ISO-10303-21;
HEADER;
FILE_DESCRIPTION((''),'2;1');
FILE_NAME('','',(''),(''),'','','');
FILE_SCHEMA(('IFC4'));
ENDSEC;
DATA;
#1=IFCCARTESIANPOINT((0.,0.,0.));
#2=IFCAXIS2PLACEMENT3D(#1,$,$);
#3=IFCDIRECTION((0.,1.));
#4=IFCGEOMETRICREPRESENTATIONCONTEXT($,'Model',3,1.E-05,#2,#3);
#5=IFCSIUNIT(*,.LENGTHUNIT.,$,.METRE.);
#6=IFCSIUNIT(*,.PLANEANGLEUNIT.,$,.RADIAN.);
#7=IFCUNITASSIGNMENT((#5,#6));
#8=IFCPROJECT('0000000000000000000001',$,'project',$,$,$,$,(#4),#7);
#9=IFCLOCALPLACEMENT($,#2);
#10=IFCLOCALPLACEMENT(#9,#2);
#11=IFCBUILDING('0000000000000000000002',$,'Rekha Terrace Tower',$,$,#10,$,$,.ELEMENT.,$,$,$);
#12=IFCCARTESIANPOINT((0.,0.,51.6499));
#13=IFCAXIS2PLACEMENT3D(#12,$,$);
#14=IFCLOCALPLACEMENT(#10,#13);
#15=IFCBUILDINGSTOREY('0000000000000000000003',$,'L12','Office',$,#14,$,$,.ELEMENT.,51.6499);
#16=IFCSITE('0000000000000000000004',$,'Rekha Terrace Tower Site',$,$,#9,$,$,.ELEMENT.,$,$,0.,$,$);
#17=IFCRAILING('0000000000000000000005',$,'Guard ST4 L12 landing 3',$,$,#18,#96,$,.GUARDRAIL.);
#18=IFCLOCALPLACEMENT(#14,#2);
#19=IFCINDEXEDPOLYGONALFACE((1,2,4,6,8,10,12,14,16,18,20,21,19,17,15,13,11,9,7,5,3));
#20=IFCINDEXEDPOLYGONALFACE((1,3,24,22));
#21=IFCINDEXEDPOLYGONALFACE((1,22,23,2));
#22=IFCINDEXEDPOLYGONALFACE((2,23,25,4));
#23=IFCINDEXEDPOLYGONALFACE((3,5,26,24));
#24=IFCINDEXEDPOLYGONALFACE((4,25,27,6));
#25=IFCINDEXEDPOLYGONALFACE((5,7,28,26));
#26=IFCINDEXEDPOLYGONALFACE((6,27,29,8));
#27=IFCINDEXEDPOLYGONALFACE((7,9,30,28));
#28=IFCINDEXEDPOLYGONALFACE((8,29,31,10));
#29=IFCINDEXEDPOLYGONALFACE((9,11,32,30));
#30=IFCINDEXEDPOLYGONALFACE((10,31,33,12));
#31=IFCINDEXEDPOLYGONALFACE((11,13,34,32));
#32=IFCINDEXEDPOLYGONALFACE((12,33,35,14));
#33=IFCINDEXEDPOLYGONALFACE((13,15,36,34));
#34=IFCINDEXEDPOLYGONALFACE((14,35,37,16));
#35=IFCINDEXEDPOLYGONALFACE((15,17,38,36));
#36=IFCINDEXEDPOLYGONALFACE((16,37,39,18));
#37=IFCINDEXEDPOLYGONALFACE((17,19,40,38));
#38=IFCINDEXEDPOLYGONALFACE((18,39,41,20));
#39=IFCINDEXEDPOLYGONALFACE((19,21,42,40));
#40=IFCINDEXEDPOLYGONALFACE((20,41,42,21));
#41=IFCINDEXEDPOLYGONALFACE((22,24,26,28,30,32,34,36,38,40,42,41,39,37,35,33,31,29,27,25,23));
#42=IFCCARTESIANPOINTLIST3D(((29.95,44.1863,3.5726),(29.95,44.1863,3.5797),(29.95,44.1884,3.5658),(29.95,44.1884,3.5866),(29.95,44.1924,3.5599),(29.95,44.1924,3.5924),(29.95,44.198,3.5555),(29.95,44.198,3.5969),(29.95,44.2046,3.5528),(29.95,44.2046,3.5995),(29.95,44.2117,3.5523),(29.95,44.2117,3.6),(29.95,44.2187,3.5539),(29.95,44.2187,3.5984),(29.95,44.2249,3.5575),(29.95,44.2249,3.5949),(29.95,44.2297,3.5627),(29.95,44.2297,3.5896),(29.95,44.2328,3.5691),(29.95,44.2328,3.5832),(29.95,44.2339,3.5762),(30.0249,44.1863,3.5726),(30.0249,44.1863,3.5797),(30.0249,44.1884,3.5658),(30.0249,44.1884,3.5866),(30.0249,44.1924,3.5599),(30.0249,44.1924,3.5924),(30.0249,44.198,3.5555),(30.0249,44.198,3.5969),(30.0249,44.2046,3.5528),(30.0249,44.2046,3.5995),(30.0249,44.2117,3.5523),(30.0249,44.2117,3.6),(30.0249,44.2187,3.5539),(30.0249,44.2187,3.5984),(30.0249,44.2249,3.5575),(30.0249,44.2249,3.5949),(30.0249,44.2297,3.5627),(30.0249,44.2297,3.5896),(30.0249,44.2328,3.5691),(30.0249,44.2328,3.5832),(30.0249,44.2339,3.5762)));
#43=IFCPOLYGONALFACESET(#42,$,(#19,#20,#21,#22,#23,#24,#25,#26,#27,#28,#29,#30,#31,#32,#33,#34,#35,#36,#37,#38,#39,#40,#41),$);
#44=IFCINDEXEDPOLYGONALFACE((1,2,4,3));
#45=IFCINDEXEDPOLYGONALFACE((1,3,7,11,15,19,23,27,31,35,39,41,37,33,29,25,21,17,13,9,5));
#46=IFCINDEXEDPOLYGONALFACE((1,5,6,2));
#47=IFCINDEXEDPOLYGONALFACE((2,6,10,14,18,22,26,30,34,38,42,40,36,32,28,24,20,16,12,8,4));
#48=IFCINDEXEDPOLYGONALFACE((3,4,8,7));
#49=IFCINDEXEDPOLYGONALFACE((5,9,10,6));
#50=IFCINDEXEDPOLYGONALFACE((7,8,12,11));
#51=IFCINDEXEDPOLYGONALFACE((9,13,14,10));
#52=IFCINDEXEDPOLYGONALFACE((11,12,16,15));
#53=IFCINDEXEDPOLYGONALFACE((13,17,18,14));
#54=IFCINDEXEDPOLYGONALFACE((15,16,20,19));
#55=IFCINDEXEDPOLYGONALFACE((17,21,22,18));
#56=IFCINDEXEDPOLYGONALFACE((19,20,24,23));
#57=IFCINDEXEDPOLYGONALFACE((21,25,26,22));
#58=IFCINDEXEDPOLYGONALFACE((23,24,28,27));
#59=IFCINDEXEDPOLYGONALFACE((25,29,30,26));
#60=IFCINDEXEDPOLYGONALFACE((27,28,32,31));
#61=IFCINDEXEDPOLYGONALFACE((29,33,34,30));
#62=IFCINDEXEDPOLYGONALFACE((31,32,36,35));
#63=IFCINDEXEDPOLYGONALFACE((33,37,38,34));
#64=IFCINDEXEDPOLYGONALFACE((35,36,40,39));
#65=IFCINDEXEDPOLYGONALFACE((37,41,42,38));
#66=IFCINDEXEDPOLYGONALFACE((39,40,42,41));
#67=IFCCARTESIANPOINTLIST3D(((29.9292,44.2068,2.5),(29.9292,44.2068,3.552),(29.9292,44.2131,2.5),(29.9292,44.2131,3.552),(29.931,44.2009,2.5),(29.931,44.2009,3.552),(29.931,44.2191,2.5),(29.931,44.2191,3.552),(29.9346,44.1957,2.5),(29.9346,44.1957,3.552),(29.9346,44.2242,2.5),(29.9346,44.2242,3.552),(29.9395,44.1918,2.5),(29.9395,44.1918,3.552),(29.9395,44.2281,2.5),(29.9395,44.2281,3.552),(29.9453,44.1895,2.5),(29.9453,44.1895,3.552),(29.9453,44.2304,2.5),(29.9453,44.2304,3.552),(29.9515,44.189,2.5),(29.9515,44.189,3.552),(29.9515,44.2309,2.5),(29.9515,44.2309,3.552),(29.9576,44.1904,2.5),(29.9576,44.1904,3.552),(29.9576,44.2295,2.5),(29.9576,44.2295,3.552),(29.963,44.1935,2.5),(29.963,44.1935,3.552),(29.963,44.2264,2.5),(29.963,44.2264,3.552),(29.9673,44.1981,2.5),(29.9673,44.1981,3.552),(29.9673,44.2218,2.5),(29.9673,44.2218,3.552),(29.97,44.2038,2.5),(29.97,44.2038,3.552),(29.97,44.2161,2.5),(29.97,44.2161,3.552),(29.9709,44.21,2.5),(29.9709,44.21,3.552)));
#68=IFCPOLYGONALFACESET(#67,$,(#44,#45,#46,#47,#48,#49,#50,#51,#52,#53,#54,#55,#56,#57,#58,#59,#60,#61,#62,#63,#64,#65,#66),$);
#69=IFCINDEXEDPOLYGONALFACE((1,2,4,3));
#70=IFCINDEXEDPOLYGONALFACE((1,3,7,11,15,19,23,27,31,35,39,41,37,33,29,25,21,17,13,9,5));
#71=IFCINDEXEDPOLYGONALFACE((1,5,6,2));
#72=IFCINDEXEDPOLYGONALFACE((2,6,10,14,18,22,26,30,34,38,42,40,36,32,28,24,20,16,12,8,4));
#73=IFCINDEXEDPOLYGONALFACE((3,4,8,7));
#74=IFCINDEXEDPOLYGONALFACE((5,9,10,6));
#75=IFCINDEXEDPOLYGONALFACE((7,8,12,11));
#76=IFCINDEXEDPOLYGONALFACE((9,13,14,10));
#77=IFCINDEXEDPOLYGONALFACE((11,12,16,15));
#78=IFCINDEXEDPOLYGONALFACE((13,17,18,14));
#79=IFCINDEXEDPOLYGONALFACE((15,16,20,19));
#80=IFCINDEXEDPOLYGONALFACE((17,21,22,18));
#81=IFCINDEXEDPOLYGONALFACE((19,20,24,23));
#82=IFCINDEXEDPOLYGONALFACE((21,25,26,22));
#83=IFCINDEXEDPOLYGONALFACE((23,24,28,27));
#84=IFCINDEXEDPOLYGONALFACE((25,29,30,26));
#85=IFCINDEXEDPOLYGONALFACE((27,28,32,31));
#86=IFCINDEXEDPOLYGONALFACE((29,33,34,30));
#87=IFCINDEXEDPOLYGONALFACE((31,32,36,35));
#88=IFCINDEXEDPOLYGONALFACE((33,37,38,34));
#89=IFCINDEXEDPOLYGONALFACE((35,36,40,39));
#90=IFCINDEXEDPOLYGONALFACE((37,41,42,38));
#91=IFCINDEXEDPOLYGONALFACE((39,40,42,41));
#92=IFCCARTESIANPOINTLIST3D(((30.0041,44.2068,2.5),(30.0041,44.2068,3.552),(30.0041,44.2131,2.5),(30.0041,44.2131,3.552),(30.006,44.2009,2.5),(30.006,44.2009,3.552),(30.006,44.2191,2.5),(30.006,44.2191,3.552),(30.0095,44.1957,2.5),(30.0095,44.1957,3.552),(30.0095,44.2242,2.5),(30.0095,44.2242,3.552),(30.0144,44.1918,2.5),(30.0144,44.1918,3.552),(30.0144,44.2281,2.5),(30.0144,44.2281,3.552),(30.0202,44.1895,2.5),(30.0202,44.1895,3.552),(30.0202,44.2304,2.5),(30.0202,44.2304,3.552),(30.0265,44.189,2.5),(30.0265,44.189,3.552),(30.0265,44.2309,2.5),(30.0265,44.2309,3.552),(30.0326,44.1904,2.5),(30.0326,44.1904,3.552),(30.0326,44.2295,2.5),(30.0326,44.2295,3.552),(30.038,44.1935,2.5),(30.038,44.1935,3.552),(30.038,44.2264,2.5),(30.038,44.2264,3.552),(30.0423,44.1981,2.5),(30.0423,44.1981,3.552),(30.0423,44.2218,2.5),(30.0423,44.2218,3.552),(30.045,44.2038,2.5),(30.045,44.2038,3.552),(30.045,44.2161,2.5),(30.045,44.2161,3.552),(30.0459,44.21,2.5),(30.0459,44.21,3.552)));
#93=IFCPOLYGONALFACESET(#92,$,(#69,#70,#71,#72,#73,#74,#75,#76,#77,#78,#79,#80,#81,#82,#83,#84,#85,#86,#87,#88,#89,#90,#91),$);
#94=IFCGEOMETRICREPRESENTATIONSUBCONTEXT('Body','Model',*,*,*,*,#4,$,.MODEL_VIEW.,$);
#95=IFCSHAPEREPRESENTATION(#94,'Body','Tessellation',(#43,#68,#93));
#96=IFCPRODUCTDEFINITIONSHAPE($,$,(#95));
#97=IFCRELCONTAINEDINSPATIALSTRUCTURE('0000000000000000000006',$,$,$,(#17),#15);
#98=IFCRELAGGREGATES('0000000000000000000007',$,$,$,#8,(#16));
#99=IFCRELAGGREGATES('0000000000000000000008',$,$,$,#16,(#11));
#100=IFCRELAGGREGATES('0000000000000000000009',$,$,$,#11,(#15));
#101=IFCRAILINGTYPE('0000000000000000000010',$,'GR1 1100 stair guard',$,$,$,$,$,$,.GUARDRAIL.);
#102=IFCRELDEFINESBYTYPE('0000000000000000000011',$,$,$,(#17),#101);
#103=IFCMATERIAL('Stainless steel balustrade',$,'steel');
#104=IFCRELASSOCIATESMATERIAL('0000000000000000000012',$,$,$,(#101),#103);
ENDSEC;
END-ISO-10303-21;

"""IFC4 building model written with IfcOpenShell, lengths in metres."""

from ifc_helpers import new_model, si_unit, direction, frame, origin, origin_2d, place, context, subcontext, project, spatial, circle, extrude, material, type_object, element, save


model = new_model("IFC4")

# Units and contexts
model_context = context("Model", 3, precision=1e-05, world=origin(), true_north=direction((0.0, 1.0)))
body_context = subcontext(model_context, "Body", "Model", "MODEL_VIEW")
ifc_project = project(units=[si_unit("LENGTHUNIT", "METRE"), si_unit("PLANEANGLEUNIT", "RADIAN")], contexts=[model_context])

# Site, building, storey
site_placement = place(None, origin())
site = spatial("IfcSite", under=ifc_project, at=site_placement, Name="Rekha Terrace Tower Site", CompositionType="ELEMENT", RefElevation=0.0)
building_placement = place(site_placement, origin())
building = spatial("IfcBuilding", under=site, at=building_placement, Name="Rekha Terrace Tower", CompositionType="ELEMENT")
storey_placement = place(building_placement, frame((0.0, 0.0, 51.6499)))
storey = spatial("IfcBuildingStorey", under=building, at=storey_placement, Name="L12", Description="Office", CompositionType="ELEMENT", Elevation=51.6499)

# Railing
ifc_material_1 = material(Name="Stainless steel balustrade", Category="steel")
railing_type_1 = type_object("IfcRailingType", Name="GR1 1100 stair guard", PredefinedType="GUARDRAIL", material=ifc_material_1)
railing_1_placement = place(storey_placement, frame((29.95, 44.21, 2.5)))
element("IfcRailing", 1, at=railing_1_placement, inside=storey, type_object=railing_type_1, Name="Guard ST4 L12 landing 3", PredefinedType="GUARDRAIL", context=body_context, shape_type="SweptSolid", body=[
    extrude(circle(Radius=0.0239, at=origin_2d()), frame((0.0, 0.0, 1.0762), z_axis=(1.0, 0.0, 0.0), x_axis=(0.0, 1.0, 0.0)), (0.0, 0.0, 1.0), 0.075),
    extrude(circle(Radius=0.021, at=origin_2d()), origin(), (0.0, 0.0, 1.0), 1.052),
    extrude(circle(Radius=0.021, at=origin_2d()), frame((0.075, 0.0, 0.0)), (0.0, 0.0, 1.0), 1.052),
])

save(model, "model.ifc")
